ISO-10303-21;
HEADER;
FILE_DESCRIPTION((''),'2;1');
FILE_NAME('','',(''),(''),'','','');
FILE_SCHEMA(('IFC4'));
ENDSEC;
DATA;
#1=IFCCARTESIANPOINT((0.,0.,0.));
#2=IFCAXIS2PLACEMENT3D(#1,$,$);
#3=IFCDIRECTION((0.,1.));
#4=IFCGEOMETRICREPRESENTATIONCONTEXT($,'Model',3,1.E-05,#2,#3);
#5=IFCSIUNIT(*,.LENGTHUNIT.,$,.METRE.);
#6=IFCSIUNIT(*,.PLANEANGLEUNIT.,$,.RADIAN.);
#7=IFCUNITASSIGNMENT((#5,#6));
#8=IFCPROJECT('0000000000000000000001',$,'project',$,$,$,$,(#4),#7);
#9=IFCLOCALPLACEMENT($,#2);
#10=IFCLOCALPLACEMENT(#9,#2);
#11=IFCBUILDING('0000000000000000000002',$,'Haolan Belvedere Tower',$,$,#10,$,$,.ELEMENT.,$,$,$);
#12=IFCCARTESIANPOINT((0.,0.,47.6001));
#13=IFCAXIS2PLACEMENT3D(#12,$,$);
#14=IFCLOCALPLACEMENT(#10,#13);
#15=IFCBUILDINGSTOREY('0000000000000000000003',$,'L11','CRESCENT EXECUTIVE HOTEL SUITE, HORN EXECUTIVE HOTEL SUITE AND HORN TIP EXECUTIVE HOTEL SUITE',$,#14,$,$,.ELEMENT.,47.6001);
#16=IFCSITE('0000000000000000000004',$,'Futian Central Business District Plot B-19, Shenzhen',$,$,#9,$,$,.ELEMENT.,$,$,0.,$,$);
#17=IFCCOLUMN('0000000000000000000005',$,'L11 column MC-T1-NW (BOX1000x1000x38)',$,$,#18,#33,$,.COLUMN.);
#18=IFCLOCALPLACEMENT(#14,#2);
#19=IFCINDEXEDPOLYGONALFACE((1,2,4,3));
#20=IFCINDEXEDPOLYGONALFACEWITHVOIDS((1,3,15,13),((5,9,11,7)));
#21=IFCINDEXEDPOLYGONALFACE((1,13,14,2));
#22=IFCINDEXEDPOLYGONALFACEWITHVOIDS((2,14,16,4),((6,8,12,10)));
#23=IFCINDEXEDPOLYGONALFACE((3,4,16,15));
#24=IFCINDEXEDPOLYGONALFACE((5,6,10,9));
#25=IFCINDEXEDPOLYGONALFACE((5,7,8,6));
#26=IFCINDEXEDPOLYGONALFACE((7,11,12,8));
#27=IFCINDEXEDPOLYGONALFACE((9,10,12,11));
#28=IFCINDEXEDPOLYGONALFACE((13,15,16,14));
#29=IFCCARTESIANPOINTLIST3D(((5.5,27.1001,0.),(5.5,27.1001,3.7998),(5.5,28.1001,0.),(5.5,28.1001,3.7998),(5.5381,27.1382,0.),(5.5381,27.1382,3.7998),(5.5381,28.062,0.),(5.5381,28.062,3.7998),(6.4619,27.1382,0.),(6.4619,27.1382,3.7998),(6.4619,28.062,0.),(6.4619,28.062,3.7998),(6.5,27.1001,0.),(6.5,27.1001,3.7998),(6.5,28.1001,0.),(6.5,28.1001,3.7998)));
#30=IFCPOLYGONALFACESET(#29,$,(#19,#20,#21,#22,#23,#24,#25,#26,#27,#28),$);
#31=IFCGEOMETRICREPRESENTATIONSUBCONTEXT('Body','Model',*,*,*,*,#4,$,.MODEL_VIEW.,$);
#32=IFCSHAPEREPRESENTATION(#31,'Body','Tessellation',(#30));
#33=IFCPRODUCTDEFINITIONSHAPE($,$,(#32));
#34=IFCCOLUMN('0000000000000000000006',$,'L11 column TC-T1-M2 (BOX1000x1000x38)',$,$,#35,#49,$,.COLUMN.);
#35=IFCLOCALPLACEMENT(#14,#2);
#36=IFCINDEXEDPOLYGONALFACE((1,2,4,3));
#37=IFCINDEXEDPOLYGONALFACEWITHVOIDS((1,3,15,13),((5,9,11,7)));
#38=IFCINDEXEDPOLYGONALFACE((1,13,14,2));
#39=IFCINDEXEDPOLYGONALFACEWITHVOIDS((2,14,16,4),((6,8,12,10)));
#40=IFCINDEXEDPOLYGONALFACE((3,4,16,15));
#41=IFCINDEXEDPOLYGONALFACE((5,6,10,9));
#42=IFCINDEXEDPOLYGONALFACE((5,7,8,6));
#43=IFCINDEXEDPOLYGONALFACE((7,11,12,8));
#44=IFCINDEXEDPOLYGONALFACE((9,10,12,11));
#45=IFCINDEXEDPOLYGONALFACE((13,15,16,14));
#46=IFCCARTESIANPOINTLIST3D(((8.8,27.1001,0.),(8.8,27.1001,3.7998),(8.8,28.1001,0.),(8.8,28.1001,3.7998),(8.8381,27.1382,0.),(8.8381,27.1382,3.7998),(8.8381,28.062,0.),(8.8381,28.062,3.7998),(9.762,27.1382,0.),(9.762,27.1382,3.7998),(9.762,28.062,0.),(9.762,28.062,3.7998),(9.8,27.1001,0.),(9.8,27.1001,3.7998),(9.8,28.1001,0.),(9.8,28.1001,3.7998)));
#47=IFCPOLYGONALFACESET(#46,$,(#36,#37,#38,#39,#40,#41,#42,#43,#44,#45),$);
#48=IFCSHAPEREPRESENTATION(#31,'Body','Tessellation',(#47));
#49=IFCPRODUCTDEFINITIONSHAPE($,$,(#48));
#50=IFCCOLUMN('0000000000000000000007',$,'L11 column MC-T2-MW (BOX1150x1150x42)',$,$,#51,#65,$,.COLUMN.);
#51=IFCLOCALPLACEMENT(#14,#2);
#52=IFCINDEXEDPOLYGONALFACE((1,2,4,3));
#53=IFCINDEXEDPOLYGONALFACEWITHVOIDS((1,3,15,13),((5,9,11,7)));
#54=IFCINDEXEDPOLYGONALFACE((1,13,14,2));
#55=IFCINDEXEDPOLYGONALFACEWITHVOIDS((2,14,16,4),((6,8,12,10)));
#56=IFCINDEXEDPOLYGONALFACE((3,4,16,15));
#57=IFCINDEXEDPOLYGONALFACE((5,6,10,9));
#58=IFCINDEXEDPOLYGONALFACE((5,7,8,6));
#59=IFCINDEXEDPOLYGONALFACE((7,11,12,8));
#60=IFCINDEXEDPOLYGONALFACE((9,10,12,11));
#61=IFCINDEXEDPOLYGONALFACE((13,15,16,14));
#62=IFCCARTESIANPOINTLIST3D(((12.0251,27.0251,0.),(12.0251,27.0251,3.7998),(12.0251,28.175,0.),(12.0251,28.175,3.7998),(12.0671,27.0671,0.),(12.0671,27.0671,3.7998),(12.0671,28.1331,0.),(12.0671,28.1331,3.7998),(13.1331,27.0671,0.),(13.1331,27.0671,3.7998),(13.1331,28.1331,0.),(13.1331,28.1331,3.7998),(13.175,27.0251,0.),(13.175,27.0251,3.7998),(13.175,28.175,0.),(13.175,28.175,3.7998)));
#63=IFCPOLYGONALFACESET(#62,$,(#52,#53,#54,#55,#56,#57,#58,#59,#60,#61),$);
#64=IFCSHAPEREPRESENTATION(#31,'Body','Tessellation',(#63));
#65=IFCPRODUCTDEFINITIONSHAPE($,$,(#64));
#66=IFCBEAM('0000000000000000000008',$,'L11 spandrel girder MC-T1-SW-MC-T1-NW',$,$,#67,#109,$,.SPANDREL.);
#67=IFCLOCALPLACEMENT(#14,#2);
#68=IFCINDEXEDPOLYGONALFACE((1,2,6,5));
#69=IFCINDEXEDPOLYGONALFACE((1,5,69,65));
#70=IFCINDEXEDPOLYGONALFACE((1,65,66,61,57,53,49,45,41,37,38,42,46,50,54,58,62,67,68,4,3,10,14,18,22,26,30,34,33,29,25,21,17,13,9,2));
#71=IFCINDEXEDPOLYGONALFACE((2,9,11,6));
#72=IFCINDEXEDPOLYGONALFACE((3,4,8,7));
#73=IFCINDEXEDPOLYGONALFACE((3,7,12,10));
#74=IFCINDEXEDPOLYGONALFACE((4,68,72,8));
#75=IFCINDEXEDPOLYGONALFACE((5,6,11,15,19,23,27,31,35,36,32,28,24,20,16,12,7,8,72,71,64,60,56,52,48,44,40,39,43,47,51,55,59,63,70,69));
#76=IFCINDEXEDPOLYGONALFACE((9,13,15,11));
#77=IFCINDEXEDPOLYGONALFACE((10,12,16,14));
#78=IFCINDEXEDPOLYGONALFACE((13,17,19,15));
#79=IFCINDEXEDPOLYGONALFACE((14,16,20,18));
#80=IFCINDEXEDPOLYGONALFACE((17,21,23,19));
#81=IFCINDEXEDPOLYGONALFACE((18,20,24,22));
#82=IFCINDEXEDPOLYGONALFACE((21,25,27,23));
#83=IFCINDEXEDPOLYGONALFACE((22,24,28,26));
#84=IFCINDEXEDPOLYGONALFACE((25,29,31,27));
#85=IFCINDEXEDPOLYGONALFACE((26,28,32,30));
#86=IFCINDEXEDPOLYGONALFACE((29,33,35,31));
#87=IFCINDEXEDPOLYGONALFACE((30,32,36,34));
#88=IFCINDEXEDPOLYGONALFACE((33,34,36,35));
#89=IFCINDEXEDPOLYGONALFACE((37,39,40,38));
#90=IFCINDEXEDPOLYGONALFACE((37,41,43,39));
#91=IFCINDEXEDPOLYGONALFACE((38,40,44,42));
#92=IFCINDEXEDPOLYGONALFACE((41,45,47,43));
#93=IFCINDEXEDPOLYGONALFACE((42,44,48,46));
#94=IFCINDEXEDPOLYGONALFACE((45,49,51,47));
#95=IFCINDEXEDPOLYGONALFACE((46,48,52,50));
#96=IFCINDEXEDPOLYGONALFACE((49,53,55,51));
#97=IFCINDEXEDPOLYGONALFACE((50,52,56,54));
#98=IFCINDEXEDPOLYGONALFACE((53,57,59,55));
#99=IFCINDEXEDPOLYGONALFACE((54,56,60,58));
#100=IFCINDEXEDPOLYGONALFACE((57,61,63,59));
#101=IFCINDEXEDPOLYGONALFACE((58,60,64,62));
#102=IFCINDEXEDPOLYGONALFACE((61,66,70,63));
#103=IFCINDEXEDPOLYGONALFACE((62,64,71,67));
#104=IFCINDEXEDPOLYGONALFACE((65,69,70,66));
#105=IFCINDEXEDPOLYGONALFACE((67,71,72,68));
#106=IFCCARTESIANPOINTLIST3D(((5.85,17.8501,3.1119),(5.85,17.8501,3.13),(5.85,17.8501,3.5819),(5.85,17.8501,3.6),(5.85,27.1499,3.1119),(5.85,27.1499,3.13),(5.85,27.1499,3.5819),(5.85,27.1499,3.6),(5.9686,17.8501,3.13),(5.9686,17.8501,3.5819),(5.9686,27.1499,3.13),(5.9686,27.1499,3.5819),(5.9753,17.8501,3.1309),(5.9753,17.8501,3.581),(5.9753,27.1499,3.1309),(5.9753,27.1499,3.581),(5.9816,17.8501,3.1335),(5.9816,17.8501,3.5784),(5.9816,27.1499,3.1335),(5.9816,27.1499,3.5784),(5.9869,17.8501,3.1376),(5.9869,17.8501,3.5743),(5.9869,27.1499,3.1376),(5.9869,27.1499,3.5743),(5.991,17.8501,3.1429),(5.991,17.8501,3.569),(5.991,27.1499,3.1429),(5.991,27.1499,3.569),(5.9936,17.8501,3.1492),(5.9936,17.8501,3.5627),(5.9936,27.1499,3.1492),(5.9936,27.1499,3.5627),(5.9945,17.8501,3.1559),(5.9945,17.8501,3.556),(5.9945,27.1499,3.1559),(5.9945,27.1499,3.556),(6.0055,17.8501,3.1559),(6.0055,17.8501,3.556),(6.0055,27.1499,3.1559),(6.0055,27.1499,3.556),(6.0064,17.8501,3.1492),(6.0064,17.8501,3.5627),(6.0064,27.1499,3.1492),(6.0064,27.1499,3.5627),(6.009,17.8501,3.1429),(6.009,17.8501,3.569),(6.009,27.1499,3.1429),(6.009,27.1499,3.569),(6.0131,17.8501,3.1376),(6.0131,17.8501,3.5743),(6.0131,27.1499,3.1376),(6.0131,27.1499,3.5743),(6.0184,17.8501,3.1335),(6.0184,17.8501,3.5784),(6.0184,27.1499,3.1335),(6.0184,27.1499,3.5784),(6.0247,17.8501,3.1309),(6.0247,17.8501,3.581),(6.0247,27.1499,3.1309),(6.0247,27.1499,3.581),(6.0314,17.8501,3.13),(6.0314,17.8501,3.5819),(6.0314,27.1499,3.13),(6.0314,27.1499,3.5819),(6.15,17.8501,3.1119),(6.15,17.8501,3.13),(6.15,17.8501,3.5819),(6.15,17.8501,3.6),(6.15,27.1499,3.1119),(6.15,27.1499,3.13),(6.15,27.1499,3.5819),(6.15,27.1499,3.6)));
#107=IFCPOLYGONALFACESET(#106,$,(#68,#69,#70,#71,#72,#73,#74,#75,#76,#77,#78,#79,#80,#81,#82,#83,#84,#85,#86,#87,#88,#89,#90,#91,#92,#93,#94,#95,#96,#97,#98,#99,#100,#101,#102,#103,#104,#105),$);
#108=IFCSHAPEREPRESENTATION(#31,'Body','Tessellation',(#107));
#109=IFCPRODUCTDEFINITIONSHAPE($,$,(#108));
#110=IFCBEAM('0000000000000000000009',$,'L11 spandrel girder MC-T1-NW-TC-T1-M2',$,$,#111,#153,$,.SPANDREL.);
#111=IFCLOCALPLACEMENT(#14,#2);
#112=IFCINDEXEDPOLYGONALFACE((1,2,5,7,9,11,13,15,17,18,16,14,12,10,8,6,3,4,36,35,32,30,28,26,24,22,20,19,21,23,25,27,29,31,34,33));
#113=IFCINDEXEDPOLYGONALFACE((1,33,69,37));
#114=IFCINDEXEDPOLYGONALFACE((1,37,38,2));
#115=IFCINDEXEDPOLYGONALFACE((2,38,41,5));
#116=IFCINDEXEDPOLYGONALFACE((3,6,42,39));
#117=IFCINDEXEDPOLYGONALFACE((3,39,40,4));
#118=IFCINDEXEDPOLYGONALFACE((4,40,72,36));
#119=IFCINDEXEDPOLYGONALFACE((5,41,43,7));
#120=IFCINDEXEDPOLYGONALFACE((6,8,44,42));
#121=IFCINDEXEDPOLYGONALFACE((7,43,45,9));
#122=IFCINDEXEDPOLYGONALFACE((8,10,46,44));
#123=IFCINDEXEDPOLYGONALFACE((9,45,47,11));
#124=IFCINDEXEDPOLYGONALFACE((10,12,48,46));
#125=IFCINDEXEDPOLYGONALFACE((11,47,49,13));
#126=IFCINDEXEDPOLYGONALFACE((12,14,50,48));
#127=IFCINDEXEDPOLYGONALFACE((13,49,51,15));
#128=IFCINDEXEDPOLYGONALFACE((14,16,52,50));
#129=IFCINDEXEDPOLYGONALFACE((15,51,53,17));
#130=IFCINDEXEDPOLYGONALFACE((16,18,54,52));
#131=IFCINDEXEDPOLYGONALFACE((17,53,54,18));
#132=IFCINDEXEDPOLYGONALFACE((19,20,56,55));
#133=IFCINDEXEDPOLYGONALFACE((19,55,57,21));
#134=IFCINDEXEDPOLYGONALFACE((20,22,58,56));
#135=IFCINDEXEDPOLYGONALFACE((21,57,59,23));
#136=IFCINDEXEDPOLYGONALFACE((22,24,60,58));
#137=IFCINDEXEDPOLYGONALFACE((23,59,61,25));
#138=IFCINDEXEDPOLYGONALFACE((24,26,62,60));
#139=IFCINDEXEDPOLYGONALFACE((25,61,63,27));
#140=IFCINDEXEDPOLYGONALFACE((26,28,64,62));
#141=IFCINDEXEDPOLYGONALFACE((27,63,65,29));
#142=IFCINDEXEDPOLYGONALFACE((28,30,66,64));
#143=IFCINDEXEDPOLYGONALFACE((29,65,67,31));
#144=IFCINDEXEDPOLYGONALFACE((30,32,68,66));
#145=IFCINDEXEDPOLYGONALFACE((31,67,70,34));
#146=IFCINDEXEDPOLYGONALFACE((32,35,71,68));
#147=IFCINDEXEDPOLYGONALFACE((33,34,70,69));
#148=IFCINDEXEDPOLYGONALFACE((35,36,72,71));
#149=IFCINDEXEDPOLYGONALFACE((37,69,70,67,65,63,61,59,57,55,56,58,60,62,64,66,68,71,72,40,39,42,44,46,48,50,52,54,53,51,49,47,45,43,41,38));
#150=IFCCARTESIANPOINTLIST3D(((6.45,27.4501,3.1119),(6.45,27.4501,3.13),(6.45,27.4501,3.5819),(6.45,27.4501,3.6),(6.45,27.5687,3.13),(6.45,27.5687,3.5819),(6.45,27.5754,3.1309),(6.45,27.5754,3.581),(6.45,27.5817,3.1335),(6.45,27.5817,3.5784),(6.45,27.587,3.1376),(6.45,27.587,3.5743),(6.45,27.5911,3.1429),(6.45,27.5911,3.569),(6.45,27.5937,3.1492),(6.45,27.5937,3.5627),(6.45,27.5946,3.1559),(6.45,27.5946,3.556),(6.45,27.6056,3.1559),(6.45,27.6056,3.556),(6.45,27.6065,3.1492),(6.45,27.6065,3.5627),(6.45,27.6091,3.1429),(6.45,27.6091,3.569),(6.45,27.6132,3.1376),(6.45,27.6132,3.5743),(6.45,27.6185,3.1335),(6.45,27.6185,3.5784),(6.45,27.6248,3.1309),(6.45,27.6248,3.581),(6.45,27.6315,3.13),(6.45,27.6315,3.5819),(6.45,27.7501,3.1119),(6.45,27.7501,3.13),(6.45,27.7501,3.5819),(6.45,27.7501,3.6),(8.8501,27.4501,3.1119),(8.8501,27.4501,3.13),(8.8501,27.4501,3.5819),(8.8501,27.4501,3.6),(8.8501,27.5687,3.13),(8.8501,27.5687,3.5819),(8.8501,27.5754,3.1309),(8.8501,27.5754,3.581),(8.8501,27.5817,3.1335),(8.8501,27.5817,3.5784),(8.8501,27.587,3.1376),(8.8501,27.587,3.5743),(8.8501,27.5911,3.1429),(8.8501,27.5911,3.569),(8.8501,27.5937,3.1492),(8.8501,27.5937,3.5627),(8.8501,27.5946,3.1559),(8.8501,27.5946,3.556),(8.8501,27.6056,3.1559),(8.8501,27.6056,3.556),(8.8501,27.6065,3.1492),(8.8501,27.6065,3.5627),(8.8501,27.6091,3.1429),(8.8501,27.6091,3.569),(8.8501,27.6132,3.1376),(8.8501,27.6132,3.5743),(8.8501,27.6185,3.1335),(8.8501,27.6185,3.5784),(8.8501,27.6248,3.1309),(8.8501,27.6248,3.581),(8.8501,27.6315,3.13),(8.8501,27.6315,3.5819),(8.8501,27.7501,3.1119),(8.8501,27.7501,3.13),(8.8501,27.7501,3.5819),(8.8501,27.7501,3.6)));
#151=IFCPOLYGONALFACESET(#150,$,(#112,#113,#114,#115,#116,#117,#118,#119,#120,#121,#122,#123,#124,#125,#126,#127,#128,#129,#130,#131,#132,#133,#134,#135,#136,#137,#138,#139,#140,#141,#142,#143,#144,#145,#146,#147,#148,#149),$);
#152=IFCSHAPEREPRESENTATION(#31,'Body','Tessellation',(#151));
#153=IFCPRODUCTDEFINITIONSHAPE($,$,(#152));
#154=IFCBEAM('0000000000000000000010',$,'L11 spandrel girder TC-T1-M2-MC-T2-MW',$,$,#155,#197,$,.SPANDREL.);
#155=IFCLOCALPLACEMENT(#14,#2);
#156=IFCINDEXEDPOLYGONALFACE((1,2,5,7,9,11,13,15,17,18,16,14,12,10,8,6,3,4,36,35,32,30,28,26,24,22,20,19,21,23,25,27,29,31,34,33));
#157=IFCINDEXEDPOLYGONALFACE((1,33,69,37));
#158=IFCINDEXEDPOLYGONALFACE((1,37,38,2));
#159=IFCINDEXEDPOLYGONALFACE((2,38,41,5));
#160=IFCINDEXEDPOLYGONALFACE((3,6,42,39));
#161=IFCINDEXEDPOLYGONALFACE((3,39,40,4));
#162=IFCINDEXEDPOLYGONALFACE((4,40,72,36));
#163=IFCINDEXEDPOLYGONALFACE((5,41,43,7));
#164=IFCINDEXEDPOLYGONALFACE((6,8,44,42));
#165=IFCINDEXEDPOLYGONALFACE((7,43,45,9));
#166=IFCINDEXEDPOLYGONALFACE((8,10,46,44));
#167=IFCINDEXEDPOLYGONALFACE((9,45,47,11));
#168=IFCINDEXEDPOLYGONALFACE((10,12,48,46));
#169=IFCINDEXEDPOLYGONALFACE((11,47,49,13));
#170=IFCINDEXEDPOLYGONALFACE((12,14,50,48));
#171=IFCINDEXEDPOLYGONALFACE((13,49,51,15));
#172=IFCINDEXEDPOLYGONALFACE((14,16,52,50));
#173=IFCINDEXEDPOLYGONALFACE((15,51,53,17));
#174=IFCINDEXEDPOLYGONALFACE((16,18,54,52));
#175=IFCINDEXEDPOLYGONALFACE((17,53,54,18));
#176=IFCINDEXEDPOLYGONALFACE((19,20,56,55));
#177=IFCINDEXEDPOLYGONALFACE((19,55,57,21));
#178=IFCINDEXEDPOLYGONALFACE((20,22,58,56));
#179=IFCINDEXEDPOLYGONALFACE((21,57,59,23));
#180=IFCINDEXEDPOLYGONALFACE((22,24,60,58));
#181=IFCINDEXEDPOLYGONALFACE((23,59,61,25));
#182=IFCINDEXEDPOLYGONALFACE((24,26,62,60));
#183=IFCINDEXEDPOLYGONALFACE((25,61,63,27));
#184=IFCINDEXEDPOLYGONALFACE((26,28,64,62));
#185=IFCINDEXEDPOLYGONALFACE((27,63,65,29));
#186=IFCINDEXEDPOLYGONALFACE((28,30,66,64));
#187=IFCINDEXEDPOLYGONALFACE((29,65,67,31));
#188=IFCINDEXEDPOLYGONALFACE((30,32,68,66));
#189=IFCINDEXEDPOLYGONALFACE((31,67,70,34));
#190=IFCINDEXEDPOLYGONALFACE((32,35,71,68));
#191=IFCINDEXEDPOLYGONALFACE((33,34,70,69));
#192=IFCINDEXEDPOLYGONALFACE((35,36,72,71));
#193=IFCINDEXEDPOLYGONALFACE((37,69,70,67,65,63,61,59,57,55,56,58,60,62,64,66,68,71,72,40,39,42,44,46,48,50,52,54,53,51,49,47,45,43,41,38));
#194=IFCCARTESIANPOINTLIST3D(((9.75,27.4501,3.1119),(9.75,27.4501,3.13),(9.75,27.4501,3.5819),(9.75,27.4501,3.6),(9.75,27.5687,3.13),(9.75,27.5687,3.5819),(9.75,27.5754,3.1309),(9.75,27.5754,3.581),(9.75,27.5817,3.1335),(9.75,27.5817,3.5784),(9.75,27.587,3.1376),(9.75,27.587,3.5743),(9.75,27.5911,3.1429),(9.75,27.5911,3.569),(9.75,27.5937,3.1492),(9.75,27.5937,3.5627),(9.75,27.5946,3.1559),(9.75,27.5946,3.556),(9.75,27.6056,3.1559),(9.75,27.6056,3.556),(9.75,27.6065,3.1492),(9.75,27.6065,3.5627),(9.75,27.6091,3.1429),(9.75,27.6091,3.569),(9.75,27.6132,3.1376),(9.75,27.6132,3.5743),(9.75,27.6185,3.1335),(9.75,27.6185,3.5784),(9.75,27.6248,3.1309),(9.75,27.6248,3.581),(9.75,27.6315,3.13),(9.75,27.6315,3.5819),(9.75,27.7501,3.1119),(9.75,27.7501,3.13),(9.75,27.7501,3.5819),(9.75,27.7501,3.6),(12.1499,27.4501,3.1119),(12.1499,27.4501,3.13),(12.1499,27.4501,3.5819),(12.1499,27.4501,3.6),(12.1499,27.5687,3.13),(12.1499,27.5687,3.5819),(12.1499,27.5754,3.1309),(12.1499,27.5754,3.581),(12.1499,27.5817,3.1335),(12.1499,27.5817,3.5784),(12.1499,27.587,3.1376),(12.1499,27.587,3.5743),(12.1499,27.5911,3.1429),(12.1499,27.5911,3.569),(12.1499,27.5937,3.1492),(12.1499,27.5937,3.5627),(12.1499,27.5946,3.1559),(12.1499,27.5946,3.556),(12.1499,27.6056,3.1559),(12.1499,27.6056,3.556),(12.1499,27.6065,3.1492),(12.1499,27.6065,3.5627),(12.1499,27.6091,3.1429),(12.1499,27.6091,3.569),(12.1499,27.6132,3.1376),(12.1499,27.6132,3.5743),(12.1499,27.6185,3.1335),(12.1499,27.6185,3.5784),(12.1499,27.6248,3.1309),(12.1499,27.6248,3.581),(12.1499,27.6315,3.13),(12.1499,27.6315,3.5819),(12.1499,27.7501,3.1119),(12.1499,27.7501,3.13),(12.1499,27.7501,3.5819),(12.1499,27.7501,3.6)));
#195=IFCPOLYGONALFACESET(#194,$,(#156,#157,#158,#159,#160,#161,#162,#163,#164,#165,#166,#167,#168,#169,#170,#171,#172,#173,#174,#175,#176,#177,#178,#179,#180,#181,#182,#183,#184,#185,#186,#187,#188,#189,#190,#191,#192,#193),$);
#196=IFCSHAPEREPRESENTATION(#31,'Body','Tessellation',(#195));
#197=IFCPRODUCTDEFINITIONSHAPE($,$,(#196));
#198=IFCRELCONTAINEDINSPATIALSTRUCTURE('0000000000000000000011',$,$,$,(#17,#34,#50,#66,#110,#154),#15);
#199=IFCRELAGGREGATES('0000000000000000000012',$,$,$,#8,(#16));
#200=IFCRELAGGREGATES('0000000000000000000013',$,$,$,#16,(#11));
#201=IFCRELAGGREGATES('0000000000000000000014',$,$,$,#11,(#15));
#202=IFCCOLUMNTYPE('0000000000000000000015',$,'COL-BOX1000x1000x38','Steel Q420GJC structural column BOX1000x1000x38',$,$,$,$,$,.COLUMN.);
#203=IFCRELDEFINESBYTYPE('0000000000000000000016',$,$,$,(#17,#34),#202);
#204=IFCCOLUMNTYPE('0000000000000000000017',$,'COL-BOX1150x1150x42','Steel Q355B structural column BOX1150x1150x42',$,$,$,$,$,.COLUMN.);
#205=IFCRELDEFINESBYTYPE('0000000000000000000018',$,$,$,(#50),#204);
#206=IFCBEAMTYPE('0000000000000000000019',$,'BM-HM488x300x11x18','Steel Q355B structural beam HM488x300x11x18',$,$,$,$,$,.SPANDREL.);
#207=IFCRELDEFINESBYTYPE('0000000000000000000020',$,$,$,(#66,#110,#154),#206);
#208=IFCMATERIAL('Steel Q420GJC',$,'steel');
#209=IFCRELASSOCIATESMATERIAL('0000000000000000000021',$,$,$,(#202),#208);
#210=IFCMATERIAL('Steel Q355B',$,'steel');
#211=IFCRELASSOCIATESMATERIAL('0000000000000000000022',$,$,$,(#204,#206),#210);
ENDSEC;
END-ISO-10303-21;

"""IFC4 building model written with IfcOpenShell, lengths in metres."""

from ifc_helpers import new_model, si_unit, direction, frame, origin, origin_2d, place, context, subcontext, project, spatial, hollow_rectangle, i_section, extrude, material, material_profile, profile_set, type_object, element, save


model = new_model("IFC4")

# Units and contexts
model_context = context("Model", 3, precision=1e-05, world=origin(), true_north=direction((0.0, 1.0)))
body_context = subcontext(model_context, "Body", "Model", "MODEL_VIEW")
ifc_project = project(units=[si_unit("LENGTHUNIT", "METRE"), si_unit("PLANEANGLEUNIT", "RADIAN")], contexts=[model_context])

# Site, building, storey
site_placement = place(None, origin())
site = spatial("IfcSite", under=ifc_project, at=site_placement, Name="Futian Central Business District Plot B-19, Shenzhen", CompositionType="ELEMENT", RefElevation=0.0)
building_placement = place(site_placement, origin())
building = spatial("IfcBuilding", under=site, at=building_placement, Name="Haolan Belvedere Tower", CompositionType="ELEMENT")
storey_placement = place(building_placement, frame((0.0, 0.0, 47.6001)))
storey = spatial("IfcBuildingStorey", under=building, at=storey_placement, Name="L11", Description="CRESCENT EXECUTIVE HOTEL SUITE, HORN EXECUTIVE HOTEL SUITE AND HORN TIP EXECUTIVE HOTEL SUITE", CompositionType="ELEMENT", Elevation=47.6001)

# Columns
ifc_material_1 = material(Name="Steel Q420GJC", Category="steel")
ifc_material_profile_1 = material_profile(ifc_material_1, hollow_rectangle(XDim=1.0, YDim=1.0, WallThickness=0.0381, at=origin_2d()), Name="Steel Q420GJC")
ifc_profile_set_1 = profile_set([ifc_material_profile_1], Name="Steel Q420GJC")
column_type_1 = type_object("IfcColumnType", Name="COL-BOX1000x1000x38", Description="Steel Q420GJC structural column BOX1000x1000x38", PredefinedType="COLUMN", material=ifc_profile_set_1)
for number, where, z_axis, x_axis, name in (
    (1, (6.0, 27.6001, 0.0), (0.0, 0.0, 1.0), (1.0, 0.0, 0.0), "L11 column MC-T1-NW (BOX1000x1000x38)"),
    (2, (9.3, 27.6001, 0.0), (0.0, 0.0, 1.0), (1.0, 0.0, 0.0), "L11 column TC-T1-M2 (BOX1000x1000x38)"),
):
    element("IfcColumn", number, at=place(storey_placement, frame(where, z_axis=z_axis, x_axis=x_axis)), inside=storey, type_object=column_type_1, Name=name, PredefinedType="COLUMN", context=body_context, shape_type="SweptSolid", body=[
        extrude(hollow_rectangle(XDim=1.0, YDim=1.0, WallThickness=0.0381, at=origin_2d()), origin(), (0.0, 0.0, 1.0), 3.7998),
    ])
ifc_material_2 = material(Name="Steel Q355B", Category="steel")
ifc_material_profile_2 = material_profile(ifc_material_2, hollow_rectangle(XDim=1.1499, YDim=1.1499, WallThickness=0.042, at=origin_2d()), Name="Steel Q355B")
ifc_profile_set_2 = profile_set([ifc_material_profile_2], Name="Steel Q355B")
column_type_2 = type_object("IfcColumnType", Name="COL-BOX1150x1150x42", Description="Steel Q355B structural column BOX1150x1150x42", PredefinedType="COLUMN", material=ifc_profile_set_2)
column_placement = place(storey_placement, frame((12.6001, 27.6001, 0.0), z_axis=(0.0, 0.0, 1.0), x_axis=(1.0, 0.0, 0.0)))
element("IfcColumn", 3, at=column_placement, inside=storey, type_object=column_type_2, Name="L11 column MC-T2-MW (BOX1150x1150x42)", PredefinedType="COLUMN", context=body_context, shape_type="SweptSolid", body=[
    extrude(hollow_rectangle(XDim=1.1499, YDim=1.1499, WallThickness=0.042, at=origin_2d()), origin(), (0.0, 0.0, 1.0), 3.7998),
])

# Beams
ifc_material_profile_3 = material_profile(ifc_material_2, i_section(OverallWidth=0.3, OverallDepth=0.488, WebThickness=0.011, FlangeThickness=0.0181, FilletRadius=0.0259, at=origin_2d()), Name="Steel Q355B")
ifc_profile_set_3 = profile_set([ifc_material_profile_3], Name="Steel Q355B")
beam_type_1 = type_object("IfcBeamType", Name="BM-HM488x300x11x18", Description="Steel Q355B structural beam HM488x300x11x18", PredefinedType="SPANDREL", material=ifc_profile_set_3)
beam_1_placement = place(storey_placement, frame((6.0, 17.8501, 3.356), z_axis=(0.0, 1.0, 0.0), x_axis=(-1.0, 0.0, 0.0)))
element("IfcBeam", 4, at=beam_1_placement, inside=storey, type_object=beam_type_1, Name="L11 spandrel girder MC-T1-SW-MC-T1-NW", PredefinedType="SPANDREL", context=body_context, shape_type="SweptSolid", body=[
    extrude(i_section(OverallWidth=0.3, OverallDepth=0.488, WebThickness=0.011, FlangeThickness=0.0181, FilletRadius=0.0259, at=origin_2d()), origin(), (0.0, 0.0, 1.0), 9.2998),
])
beam_2_placement = place(storey_placement, frame((6.45, 27.6001, 3.356), z_axis=(1.0, 0.0, 0.0), x_axis=(0.0, 1.0, 0.0)))
element("IfcBeam", 5, at=beam_2_placement, inside=storey, type_object=beam_type_1, Name="L11 spandrel girder MC-T1-NW-TC-T1-M2", PredefinedType="SPANDREL", context=body_context, shape_type="SweptSolid", body=[
    extrude(i_section(OverallWidth=0.3, OverallDepth=0.488, WebThickness=0.011, FlangeThickness=0.0181, FilletRadius=0.0259, at=origin_2d()), origin(), (0.0, 0.0, 1.0), 2.4001),
])
beam_3_placement = place(storey_placement, frame((9.75, 27.6001, 3.356), z_axis=(1.0, 0.0, 0.0), x_axis=(0.0, 1.0, 0.0)))
element("IfcBeam", 6, at=beam_3_placement, inside=storey, type_object=beam_type_1, Name="L11 spandrel girder TC-T1-M2-MC-T2-MW", PredefinedType="SPANDREL", context=body_context, shape_type="SweptSolid", body=[
    extrude(i_section(OverallWidth=0.3, OverallDepth=0.488, WebThickness=0.011, FlangeThickness=0.0181, FilletRadius=0.0259, at=origin_2d()), origin(), (0.0, 0.0, 1.0), 2.3999),
])

save(model, "model.ifc")
